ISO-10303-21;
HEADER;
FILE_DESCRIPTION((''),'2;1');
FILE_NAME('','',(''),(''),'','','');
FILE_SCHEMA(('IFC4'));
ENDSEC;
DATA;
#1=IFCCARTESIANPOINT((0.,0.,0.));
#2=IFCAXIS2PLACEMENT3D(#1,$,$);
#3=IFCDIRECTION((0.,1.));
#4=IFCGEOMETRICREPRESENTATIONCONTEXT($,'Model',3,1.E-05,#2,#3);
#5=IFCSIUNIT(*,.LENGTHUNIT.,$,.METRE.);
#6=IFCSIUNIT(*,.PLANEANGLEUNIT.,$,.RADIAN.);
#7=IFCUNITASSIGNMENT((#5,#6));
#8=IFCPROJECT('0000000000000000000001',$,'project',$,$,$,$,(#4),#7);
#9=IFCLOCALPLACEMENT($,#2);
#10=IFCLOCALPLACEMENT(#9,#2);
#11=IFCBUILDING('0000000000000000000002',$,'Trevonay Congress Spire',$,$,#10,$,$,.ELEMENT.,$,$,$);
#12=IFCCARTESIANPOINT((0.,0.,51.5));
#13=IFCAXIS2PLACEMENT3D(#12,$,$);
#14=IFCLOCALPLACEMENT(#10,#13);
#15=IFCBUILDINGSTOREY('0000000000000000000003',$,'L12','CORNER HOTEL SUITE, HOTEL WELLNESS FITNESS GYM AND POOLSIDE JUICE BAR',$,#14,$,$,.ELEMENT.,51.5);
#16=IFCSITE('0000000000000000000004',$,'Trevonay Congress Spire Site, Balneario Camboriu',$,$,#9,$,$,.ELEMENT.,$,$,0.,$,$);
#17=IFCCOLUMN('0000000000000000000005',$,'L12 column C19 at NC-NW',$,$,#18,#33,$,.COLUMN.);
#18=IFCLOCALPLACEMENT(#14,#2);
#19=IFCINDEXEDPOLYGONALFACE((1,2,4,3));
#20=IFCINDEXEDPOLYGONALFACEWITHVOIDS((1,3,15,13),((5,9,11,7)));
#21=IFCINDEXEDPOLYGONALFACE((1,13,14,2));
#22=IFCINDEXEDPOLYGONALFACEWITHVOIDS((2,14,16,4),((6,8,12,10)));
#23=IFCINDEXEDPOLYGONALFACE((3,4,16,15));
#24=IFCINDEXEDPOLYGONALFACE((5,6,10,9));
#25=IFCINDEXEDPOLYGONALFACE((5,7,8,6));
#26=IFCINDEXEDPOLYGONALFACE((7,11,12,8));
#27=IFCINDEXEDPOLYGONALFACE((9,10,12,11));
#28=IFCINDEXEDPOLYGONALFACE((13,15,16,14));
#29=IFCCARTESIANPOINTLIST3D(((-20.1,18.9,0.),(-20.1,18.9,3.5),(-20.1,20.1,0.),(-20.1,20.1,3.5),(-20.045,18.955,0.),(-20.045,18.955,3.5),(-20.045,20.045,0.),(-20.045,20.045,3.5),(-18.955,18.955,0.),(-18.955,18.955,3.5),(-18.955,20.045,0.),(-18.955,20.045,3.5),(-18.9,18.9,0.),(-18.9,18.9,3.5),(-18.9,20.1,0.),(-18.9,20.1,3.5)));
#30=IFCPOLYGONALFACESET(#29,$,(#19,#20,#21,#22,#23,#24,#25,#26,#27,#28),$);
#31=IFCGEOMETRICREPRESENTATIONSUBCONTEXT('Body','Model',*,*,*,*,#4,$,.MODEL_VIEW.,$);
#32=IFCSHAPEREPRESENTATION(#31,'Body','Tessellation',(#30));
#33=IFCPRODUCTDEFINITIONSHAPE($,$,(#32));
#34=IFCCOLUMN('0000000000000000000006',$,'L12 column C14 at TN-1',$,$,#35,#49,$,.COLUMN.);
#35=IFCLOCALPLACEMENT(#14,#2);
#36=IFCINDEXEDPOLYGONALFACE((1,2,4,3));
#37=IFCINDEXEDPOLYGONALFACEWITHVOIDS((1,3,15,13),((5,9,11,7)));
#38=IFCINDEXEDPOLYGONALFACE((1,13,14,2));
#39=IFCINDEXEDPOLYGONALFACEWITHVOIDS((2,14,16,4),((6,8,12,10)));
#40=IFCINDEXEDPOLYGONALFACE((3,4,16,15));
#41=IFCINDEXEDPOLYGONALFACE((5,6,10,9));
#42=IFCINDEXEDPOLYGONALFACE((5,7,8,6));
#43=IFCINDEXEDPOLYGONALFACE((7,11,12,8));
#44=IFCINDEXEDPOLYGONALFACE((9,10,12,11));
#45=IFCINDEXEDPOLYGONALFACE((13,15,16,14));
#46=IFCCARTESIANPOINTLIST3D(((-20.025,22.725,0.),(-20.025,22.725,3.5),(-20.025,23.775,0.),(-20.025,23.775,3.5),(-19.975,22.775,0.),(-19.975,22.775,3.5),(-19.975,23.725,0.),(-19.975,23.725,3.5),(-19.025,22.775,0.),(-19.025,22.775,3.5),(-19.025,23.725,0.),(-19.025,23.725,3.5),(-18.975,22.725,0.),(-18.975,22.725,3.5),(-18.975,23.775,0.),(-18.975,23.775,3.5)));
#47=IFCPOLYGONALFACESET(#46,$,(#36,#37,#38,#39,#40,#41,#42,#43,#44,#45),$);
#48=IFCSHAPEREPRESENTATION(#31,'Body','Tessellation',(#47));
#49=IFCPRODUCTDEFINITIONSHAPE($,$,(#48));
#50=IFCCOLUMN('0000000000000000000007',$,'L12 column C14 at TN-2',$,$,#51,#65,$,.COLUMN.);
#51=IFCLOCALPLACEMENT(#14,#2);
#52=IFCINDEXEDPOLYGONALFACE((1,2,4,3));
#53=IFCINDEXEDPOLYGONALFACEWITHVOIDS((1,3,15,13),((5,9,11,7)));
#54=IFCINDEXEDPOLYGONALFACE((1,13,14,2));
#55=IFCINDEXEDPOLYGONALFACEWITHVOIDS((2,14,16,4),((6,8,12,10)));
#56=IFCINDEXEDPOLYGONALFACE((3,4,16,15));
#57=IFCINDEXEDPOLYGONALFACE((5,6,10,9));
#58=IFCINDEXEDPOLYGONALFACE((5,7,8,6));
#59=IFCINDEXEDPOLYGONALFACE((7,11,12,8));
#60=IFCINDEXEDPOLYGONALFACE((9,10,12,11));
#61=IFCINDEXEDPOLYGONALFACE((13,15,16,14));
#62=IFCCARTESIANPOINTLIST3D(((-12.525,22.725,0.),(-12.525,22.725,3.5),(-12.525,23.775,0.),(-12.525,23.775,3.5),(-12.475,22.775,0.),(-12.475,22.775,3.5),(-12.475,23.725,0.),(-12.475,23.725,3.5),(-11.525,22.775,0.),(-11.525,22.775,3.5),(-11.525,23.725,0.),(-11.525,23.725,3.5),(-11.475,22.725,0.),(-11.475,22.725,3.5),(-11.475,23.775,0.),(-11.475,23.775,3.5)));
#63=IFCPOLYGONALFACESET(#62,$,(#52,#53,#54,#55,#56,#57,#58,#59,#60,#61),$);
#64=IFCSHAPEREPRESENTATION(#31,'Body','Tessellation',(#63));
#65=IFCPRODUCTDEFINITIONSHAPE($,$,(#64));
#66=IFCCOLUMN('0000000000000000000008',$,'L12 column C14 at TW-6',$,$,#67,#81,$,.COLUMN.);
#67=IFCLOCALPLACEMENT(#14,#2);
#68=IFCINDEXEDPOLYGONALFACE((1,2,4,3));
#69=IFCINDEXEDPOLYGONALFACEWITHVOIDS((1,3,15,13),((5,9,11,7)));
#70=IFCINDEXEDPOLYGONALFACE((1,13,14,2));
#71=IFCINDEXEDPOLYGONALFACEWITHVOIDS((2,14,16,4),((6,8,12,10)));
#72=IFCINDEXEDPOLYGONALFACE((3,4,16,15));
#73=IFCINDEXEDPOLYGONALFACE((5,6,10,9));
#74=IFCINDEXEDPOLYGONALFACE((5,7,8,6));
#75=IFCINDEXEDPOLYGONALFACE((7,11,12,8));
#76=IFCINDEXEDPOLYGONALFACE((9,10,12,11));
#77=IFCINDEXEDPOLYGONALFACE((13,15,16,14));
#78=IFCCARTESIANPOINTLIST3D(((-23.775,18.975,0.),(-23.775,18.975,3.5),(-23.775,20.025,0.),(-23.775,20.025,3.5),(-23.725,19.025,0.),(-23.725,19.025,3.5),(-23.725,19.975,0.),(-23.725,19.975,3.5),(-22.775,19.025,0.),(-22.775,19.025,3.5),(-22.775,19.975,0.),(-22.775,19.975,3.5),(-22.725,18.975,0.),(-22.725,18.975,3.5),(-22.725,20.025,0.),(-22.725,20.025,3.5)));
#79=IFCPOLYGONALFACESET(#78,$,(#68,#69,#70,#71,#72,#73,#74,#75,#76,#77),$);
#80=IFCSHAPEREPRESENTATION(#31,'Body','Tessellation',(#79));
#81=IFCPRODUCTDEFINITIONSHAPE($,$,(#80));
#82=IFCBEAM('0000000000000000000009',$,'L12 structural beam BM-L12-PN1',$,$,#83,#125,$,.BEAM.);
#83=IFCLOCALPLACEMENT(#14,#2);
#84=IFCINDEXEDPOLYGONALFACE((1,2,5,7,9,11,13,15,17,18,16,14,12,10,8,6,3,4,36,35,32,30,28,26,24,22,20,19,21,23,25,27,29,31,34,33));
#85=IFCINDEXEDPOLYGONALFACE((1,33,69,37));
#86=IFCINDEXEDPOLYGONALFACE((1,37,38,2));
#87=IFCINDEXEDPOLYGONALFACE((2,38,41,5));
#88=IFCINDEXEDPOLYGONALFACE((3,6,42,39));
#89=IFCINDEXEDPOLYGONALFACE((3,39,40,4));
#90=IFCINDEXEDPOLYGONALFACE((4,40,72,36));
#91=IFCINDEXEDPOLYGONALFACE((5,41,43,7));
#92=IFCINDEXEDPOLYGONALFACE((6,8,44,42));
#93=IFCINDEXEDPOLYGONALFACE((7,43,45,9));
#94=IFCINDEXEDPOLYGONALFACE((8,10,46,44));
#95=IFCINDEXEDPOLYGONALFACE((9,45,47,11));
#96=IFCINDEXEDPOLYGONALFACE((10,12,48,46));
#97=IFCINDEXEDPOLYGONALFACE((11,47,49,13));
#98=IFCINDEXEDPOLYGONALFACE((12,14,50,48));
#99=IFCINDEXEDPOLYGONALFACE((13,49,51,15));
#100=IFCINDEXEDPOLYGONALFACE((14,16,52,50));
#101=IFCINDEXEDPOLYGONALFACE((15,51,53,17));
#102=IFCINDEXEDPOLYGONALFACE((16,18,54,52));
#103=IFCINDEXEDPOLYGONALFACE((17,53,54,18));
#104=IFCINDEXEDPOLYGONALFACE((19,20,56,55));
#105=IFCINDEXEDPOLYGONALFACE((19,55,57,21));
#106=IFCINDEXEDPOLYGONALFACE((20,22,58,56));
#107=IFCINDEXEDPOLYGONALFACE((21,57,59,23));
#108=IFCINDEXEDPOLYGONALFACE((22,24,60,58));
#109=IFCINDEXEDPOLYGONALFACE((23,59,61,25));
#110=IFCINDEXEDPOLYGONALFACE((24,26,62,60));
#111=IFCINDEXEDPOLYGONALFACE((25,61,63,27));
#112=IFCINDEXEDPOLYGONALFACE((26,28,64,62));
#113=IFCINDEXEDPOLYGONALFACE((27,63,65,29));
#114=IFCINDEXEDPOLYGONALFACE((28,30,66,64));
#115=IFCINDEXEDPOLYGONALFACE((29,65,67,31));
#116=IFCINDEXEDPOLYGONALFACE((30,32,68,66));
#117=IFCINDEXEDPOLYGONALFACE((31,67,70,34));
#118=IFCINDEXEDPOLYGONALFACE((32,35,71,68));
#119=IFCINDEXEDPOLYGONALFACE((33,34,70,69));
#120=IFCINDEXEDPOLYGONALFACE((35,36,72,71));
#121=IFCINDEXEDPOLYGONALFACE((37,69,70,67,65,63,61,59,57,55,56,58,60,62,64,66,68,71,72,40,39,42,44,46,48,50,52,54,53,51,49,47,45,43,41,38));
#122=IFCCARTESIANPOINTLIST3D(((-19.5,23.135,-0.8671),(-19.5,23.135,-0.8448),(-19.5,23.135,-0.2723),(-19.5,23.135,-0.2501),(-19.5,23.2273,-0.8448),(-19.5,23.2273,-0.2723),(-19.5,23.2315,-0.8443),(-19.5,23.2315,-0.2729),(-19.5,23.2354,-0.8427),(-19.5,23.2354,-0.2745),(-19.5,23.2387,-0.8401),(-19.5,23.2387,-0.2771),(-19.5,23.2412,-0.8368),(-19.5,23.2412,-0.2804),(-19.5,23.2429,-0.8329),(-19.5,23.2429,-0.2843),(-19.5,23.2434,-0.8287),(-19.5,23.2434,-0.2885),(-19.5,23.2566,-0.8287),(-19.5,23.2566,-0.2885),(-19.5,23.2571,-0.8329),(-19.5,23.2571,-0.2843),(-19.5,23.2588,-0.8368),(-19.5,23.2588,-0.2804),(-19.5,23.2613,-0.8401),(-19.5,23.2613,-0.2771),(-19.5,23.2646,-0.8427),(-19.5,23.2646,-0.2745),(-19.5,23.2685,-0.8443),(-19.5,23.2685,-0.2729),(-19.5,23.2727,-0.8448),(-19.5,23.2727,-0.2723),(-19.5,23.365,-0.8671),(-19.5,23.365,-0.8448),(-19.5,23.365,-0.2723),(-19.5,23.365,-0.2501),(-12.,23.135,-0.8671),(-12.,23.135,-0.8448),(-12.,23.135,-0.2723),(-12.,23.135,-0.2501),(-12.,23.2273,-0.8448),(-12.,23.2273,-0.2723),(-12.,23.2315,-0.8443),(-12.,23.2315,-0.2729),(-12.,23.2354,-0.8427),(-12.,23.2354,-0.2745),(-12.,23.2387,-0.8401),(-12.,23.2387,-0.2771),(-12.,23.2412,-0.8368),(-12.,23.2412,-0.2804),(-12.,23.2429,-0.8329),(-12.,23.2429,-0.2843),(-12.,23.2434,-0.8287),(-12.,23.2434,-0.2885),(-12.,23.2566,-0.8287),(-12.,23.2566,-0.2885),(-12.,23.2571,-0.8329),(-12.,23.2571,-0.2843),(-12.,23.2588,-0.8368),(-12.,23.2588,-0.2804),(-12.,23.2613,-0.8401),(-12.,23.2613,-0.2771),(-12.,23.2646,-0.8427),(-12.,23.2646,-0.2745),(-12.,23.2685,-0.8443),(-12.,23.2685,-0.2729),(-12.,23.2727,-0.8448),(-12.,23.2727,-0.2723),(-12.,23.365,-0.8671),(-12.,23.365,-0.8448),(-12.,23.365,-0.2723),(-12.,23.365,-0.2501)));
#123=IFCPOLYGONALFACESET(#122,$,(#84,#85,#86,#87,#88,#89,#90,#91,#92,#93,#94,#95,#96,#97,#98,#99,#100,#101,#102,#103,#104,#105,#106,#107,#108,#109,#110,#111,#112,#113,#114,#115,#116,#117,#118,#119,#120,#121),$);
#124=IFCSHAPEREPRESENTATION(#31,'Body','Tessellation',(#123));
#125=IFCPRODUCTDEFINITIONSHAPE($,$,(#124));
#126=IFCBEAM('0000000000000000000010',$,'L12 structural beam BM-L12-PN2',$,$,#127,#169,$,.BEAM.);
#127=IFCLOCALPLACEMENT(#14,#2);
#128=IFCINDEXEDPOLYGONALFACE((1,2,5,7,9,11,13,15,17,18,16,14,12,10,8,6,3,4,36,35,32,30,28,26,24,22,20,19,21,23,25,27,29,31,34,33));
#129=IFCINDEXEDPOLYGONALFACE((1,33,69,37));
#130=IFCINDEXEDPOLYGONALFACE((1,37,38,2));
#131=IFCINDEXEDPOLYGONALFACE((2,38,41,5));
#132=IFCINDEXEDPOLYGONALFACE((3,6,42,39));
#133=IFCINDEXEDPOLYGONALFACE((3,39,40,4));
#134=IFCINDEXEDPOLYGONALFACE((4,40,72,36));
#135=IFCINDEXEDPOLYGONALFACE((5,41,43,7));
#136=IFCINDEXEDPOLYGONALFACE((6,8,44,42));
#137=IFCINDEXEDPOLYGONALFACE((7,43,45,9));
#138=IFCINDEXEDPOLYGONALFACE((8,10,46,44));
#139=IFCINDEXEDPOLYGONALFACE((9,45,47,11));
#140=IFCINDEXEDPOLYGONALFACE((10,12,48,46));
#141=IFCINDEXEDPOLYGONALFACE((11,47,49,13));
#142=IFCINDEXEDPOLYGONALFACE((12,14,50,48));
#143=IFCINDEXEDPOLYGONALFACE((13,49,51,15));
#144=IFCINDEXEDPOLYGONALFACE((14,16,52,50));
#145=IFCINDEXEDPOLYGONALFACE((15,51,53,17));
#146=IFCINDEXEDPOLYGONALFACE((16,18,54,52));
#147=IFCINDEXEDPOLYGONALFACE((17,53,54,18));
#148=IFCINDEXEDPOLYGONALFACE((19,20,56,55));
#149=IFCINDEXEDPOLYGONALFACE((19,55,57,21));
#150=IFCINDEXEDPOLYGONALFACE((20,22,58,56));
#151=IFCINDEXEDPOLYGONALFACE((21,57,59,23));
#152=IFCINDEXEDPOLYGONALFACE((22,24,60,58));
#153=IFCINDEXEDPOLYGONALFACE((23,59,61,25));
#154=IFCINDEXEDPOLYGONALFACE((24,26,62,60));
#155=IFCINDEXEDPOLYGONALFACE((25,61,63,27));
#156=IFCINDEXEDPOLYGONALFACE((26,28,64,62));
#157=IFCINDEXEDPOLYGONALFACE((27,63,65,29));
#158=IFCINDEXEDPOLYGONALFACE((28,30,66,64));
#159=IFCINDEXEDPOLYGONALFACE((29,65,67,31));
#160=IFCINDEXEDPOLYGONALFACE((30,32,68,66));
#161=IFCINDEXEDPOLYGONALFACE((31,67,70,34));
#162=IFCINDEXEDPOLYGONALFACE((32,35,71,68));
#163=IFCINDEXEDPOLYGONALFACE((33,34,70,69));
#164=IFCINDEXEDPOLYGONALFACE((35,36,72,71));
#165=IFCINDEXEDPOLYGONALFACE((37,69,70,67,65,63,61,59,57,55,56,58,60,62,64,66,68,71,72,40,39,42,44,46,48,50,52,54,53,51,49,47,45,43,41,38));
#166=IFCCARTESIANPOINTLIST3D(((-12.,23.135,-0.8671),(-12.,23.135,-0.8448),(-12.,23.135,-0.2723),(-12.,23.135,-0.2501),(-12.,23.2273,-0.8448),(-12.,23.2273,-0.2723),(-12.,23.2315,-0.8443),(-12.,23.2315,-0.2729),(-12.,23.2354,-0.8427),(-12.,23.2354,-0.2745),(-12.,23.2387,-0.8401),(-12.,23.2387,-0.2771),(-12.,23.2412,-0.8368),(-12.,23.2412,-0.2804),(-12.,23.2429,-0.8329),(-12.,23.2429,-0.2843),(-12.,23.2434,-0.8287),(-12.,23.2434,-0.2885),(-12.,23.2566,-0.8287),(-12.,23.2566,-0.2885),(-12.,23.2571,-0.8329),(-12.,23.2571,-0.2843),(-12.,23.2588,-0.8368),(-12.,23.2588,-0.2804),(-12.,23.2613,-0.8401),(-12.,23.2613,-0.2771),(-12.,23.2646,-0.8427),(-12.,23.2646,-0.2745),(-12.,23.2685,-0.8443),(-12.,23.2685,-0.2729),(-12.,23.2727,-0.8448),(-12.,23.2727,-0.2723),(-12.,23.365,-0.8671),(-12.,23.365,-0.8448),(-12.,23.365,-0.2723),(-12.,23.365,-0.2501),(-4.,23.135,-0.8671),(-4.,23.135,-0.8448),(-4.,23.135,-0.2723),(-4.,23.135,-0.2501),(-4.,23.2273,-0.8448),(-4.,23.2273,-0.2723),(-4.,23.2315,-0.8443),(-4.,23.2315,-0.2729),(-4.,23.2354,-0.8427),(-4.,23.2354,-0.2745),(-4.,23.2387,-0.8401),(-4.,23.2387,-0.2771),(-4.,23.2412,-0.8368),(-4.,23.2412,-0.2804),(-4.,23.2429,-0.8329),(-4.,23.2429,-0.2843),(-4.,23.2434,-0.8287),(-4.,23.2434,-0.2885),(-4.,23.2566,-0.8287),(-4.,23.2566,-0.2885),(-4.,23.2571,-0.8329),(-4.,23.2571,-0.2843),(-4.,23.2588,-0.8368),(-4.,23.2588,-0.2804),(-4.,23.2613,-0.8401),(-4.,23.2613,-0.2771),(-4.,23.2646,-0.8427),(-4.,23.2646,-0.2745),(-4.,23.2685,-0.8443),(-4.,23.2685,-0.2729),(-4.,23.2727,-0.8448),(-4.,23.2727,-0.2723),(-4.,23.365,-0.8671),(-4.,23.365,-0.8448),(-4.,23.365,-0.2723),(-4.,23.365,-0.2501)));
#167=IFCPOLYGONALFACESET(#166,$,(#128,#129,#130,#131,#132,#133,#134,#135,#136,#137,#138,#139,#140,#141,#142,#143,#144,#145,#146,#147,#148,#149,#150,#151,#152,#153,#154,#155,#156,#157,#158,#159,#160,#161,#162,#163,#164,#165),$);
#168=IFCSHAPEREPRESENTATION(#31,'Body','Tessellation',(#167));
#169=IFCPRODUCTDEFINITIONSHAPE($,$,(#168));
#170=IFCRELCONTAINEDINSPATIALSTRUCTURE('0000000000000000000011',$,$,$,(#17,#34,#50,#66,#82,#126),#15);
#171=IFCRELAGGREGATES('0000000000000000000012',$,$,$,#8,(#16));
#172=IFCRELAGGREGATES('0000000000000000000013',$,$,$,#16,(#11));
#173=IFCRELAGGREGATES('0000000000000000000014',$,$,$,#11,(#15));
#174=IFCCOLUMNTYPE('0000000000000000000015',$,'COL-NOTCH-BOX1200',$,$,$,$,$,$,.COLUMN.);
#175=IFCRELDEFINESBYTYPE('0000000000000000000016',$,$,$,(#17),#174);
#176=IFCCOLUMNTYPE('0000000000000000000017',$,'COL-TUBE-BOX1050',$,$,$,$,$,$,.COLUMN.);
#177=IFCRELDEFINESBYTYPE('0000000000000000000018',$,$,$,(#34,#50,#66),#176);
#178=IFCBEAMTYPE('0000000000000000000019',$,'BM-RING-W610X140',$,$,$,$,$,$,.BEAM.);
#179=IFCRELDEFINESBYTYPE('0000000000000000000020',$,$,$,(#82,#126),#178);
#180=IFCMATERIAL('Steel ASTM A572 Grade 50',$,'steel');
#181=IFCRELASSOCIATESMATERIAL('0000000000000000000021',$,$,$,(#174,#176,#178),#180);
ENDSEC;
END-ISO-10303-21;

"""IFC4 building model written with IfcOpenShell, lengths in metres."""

from ifc_helpers import new_model, si_unit, direction, frame, origin, origin_2d, place, context, subcontext, project, spatial, hollow_rectangle, i_section, extrude, material, material_profile, profile_set, type_object, element, save


model = new_model("IFC4")

# Units and contexts
model_context = context("Model", 3, precision=1e-05, world=origin(), true_north=direction((0.0, 1.0)))
body_context = subcontext(model_context, "Body", "Model", "MODEL_VIEW")
ifc_project = project(units=[si_unit("LENGTHUNIT", "METRE"), si_unit("PLANEANGLEUNIT", "RADIAN")], contexts=[model_context])

# Site, building, storey
site_placement = place(None, origin())
site = spatial("IfcSite", under=ifc_project, at=site_placement, Name="Trevonay Congress Spire Site, Balneario Camboriu", CompositionType="ELEMENT", RefElevation=0.0)
building_placement = place(site_placement, origin())
building = spatial("IfcBuilding", under=site, at=building_placement, Name="Trevonay Congress Spire", CompositionType="ELEMENT")
storey_placement = place(building_placement, frame((0.0, 0.0, 51.5)))
storey = spatial("IfcBuildingStorey", under=building, at=storey_placement, Name="L12", Description="CORNER HOTEL SUITE, HOTEL WELLNESS FITNESS GYM AND POOLSIDE JUICE BAR", CompositionType="ELEMENT", Elevation=51.5)

# Columns
ifc_material_1 = material(Name="Steel ASTM A572 Grade 50", Category="steel")
ifc_material_profile_1 = material_profile(ifc_material_1, hollow_rectangle(XDim=1.2, YDim=1.2, WallThickness=0.0549, at=origin_2d()), Name="BOX 1200x1200x55")
ifc_profile_set_1 = profile_set([ifc_material_profile_1], Name="Steel ASTM A572 Grade 50")
column_type_1 = type_object("IfcColumnType", Name="COL-NOTCH-BOX1200", PredefinedType="COLUMN", material=ifc_profile_set_1)
column_placement = place(storey_placement, frame((-19.5, 19.5, 0.0), z_axis=(0.0, 0.0, 1.0), x_axis=(1.0, 0.0, 0.0)))
element("IfcColumn", 1, at=column_placement, inside=storey, type_object=column_type_1, Name="L12 column C19 at NC-NW", PredefinedType="COLUMN", context=body_context, shape_type="SweptSolid", body=[
    extrude(hollow_rectangle(XDim=1.2, YDim=1.2, WallThickness=0.0549, at=origin_2d()), origin(), (0.0, 0.0, 1.0), 3.5),
])
ifc_material_profile_2 = material_profile(ifc_material_1, hollow_rectangle(XDim=1.05, YDim=1.05, WallThickness=0.05, at=origin_2d()), Name="BOX 1050x1050x50")
ifc_profile_set_2 = profile_set([ifc_material_profile_2], Name="Steel ASTM A572 Grade 50")
column_type_2 = type_object("IfcColumnType", Name="COL-TUBE-BOX1050", PredefinedType="COLUMN", material=ifc_profile_set_2)
for number, where, z_axis, x_axis, name in (
    (2, (-19.5, 23.25, 0.0), (0.0, 0.0, 1.0), (1.0, 0.0, 0.0), "L12 column C14 at TN-1"),
    (3, (-12.0, 23.25, 0.0), (0.0, 0.0, 1.0), (1.0, 0.0, 0.0), "L12 column C14 at TN-2"),
    (4, (-23.25, 19.5, 0.0), (0.0, 0.0, 1.0), (1.0, 0.0, 0.0), "L12 column C14 at TW-6"),
):
    element("IfcColumn", number, at=place(storey_placement, frame(where, z_axis=z_axis, x_axis=x_axis)), inside=storey, type_object=column_type_2, Name=name, PredefinedType="COLUMN", context=body_context, shape_type="SweptSolid", body=[
        extrude(hollow_rectangle(XDim=1.05, YDim=1.05, WallThickness=0.05, at=origin_2d()), origin(), (0.0, 0.0, 1.0), 3.5),
    ])

# Beams
ifc_material_profile_3 = material_profile(ifc_material_1, i_section(OverallWidth=0.23, OverallDepth=0.6169, WebThickness=0.0132, FlangeThickness=0.0222, FilletRadius=0.0161, at=origin_2d()), Name="W610x140")
ifc_profile_set_3 = profile_set([ifc_material_profile_3], Name="Steel ASTM A572 Grade 50")
beam_type = type_object("IfcBeamType", Name="BM-RING-W610X140", PredefinedType="BEAM", material=ifc_profile_set_3)
beam_1_placement = place(storey_placement, frame((-19.5, 23.25, -0.5586), z_axis=(1.0, 0.0, 0.0), x_axis=(0.0, 1.0, 0.0)))
element("IfcBeam", 5, at=beam_1_placement, inside=storey, type_object=beam_type, Name="L12 structural beam BM-L12-PN1", PredefinedType="BEAM", context=body_context, shape_type="SweptSolid", body=[
    extrude(i_section(OverallWidth=0.23, OverallDepth=0.6169, WebThickness=0.0132, FlangeThickness=0.0222, FilletRadius=0.0161, at=origin_2d()), origin(), (0.0, 0.0, 1.0), 7.5),
])
beam_2_placement = place(storey_placement, frame((-12.0, 23.25, -0.5586), z_axis=(1.0, 0.0, 0.0), x_axis=(0.0, 1.0, 0.0)))
element("IfcBeam", 6, at=beam_2_placement, inside=storey, type_object=beam_type, Name="L12 structural beam BM-L12-PN2", PredefinedType="BEAM", context=body_context, shape_type="SweptSolid", body=[
    extrude(i_section(OverallWidth=0.23, OverallDepth=0.6169, WebThickness=0.0132, FlangeThickness=0.0222, FilletRadius=0.0161, at=origin_2d()), origin(), (0.0, 0.0, 1.0), 8.0),
])

save(model, "model.ifc")
